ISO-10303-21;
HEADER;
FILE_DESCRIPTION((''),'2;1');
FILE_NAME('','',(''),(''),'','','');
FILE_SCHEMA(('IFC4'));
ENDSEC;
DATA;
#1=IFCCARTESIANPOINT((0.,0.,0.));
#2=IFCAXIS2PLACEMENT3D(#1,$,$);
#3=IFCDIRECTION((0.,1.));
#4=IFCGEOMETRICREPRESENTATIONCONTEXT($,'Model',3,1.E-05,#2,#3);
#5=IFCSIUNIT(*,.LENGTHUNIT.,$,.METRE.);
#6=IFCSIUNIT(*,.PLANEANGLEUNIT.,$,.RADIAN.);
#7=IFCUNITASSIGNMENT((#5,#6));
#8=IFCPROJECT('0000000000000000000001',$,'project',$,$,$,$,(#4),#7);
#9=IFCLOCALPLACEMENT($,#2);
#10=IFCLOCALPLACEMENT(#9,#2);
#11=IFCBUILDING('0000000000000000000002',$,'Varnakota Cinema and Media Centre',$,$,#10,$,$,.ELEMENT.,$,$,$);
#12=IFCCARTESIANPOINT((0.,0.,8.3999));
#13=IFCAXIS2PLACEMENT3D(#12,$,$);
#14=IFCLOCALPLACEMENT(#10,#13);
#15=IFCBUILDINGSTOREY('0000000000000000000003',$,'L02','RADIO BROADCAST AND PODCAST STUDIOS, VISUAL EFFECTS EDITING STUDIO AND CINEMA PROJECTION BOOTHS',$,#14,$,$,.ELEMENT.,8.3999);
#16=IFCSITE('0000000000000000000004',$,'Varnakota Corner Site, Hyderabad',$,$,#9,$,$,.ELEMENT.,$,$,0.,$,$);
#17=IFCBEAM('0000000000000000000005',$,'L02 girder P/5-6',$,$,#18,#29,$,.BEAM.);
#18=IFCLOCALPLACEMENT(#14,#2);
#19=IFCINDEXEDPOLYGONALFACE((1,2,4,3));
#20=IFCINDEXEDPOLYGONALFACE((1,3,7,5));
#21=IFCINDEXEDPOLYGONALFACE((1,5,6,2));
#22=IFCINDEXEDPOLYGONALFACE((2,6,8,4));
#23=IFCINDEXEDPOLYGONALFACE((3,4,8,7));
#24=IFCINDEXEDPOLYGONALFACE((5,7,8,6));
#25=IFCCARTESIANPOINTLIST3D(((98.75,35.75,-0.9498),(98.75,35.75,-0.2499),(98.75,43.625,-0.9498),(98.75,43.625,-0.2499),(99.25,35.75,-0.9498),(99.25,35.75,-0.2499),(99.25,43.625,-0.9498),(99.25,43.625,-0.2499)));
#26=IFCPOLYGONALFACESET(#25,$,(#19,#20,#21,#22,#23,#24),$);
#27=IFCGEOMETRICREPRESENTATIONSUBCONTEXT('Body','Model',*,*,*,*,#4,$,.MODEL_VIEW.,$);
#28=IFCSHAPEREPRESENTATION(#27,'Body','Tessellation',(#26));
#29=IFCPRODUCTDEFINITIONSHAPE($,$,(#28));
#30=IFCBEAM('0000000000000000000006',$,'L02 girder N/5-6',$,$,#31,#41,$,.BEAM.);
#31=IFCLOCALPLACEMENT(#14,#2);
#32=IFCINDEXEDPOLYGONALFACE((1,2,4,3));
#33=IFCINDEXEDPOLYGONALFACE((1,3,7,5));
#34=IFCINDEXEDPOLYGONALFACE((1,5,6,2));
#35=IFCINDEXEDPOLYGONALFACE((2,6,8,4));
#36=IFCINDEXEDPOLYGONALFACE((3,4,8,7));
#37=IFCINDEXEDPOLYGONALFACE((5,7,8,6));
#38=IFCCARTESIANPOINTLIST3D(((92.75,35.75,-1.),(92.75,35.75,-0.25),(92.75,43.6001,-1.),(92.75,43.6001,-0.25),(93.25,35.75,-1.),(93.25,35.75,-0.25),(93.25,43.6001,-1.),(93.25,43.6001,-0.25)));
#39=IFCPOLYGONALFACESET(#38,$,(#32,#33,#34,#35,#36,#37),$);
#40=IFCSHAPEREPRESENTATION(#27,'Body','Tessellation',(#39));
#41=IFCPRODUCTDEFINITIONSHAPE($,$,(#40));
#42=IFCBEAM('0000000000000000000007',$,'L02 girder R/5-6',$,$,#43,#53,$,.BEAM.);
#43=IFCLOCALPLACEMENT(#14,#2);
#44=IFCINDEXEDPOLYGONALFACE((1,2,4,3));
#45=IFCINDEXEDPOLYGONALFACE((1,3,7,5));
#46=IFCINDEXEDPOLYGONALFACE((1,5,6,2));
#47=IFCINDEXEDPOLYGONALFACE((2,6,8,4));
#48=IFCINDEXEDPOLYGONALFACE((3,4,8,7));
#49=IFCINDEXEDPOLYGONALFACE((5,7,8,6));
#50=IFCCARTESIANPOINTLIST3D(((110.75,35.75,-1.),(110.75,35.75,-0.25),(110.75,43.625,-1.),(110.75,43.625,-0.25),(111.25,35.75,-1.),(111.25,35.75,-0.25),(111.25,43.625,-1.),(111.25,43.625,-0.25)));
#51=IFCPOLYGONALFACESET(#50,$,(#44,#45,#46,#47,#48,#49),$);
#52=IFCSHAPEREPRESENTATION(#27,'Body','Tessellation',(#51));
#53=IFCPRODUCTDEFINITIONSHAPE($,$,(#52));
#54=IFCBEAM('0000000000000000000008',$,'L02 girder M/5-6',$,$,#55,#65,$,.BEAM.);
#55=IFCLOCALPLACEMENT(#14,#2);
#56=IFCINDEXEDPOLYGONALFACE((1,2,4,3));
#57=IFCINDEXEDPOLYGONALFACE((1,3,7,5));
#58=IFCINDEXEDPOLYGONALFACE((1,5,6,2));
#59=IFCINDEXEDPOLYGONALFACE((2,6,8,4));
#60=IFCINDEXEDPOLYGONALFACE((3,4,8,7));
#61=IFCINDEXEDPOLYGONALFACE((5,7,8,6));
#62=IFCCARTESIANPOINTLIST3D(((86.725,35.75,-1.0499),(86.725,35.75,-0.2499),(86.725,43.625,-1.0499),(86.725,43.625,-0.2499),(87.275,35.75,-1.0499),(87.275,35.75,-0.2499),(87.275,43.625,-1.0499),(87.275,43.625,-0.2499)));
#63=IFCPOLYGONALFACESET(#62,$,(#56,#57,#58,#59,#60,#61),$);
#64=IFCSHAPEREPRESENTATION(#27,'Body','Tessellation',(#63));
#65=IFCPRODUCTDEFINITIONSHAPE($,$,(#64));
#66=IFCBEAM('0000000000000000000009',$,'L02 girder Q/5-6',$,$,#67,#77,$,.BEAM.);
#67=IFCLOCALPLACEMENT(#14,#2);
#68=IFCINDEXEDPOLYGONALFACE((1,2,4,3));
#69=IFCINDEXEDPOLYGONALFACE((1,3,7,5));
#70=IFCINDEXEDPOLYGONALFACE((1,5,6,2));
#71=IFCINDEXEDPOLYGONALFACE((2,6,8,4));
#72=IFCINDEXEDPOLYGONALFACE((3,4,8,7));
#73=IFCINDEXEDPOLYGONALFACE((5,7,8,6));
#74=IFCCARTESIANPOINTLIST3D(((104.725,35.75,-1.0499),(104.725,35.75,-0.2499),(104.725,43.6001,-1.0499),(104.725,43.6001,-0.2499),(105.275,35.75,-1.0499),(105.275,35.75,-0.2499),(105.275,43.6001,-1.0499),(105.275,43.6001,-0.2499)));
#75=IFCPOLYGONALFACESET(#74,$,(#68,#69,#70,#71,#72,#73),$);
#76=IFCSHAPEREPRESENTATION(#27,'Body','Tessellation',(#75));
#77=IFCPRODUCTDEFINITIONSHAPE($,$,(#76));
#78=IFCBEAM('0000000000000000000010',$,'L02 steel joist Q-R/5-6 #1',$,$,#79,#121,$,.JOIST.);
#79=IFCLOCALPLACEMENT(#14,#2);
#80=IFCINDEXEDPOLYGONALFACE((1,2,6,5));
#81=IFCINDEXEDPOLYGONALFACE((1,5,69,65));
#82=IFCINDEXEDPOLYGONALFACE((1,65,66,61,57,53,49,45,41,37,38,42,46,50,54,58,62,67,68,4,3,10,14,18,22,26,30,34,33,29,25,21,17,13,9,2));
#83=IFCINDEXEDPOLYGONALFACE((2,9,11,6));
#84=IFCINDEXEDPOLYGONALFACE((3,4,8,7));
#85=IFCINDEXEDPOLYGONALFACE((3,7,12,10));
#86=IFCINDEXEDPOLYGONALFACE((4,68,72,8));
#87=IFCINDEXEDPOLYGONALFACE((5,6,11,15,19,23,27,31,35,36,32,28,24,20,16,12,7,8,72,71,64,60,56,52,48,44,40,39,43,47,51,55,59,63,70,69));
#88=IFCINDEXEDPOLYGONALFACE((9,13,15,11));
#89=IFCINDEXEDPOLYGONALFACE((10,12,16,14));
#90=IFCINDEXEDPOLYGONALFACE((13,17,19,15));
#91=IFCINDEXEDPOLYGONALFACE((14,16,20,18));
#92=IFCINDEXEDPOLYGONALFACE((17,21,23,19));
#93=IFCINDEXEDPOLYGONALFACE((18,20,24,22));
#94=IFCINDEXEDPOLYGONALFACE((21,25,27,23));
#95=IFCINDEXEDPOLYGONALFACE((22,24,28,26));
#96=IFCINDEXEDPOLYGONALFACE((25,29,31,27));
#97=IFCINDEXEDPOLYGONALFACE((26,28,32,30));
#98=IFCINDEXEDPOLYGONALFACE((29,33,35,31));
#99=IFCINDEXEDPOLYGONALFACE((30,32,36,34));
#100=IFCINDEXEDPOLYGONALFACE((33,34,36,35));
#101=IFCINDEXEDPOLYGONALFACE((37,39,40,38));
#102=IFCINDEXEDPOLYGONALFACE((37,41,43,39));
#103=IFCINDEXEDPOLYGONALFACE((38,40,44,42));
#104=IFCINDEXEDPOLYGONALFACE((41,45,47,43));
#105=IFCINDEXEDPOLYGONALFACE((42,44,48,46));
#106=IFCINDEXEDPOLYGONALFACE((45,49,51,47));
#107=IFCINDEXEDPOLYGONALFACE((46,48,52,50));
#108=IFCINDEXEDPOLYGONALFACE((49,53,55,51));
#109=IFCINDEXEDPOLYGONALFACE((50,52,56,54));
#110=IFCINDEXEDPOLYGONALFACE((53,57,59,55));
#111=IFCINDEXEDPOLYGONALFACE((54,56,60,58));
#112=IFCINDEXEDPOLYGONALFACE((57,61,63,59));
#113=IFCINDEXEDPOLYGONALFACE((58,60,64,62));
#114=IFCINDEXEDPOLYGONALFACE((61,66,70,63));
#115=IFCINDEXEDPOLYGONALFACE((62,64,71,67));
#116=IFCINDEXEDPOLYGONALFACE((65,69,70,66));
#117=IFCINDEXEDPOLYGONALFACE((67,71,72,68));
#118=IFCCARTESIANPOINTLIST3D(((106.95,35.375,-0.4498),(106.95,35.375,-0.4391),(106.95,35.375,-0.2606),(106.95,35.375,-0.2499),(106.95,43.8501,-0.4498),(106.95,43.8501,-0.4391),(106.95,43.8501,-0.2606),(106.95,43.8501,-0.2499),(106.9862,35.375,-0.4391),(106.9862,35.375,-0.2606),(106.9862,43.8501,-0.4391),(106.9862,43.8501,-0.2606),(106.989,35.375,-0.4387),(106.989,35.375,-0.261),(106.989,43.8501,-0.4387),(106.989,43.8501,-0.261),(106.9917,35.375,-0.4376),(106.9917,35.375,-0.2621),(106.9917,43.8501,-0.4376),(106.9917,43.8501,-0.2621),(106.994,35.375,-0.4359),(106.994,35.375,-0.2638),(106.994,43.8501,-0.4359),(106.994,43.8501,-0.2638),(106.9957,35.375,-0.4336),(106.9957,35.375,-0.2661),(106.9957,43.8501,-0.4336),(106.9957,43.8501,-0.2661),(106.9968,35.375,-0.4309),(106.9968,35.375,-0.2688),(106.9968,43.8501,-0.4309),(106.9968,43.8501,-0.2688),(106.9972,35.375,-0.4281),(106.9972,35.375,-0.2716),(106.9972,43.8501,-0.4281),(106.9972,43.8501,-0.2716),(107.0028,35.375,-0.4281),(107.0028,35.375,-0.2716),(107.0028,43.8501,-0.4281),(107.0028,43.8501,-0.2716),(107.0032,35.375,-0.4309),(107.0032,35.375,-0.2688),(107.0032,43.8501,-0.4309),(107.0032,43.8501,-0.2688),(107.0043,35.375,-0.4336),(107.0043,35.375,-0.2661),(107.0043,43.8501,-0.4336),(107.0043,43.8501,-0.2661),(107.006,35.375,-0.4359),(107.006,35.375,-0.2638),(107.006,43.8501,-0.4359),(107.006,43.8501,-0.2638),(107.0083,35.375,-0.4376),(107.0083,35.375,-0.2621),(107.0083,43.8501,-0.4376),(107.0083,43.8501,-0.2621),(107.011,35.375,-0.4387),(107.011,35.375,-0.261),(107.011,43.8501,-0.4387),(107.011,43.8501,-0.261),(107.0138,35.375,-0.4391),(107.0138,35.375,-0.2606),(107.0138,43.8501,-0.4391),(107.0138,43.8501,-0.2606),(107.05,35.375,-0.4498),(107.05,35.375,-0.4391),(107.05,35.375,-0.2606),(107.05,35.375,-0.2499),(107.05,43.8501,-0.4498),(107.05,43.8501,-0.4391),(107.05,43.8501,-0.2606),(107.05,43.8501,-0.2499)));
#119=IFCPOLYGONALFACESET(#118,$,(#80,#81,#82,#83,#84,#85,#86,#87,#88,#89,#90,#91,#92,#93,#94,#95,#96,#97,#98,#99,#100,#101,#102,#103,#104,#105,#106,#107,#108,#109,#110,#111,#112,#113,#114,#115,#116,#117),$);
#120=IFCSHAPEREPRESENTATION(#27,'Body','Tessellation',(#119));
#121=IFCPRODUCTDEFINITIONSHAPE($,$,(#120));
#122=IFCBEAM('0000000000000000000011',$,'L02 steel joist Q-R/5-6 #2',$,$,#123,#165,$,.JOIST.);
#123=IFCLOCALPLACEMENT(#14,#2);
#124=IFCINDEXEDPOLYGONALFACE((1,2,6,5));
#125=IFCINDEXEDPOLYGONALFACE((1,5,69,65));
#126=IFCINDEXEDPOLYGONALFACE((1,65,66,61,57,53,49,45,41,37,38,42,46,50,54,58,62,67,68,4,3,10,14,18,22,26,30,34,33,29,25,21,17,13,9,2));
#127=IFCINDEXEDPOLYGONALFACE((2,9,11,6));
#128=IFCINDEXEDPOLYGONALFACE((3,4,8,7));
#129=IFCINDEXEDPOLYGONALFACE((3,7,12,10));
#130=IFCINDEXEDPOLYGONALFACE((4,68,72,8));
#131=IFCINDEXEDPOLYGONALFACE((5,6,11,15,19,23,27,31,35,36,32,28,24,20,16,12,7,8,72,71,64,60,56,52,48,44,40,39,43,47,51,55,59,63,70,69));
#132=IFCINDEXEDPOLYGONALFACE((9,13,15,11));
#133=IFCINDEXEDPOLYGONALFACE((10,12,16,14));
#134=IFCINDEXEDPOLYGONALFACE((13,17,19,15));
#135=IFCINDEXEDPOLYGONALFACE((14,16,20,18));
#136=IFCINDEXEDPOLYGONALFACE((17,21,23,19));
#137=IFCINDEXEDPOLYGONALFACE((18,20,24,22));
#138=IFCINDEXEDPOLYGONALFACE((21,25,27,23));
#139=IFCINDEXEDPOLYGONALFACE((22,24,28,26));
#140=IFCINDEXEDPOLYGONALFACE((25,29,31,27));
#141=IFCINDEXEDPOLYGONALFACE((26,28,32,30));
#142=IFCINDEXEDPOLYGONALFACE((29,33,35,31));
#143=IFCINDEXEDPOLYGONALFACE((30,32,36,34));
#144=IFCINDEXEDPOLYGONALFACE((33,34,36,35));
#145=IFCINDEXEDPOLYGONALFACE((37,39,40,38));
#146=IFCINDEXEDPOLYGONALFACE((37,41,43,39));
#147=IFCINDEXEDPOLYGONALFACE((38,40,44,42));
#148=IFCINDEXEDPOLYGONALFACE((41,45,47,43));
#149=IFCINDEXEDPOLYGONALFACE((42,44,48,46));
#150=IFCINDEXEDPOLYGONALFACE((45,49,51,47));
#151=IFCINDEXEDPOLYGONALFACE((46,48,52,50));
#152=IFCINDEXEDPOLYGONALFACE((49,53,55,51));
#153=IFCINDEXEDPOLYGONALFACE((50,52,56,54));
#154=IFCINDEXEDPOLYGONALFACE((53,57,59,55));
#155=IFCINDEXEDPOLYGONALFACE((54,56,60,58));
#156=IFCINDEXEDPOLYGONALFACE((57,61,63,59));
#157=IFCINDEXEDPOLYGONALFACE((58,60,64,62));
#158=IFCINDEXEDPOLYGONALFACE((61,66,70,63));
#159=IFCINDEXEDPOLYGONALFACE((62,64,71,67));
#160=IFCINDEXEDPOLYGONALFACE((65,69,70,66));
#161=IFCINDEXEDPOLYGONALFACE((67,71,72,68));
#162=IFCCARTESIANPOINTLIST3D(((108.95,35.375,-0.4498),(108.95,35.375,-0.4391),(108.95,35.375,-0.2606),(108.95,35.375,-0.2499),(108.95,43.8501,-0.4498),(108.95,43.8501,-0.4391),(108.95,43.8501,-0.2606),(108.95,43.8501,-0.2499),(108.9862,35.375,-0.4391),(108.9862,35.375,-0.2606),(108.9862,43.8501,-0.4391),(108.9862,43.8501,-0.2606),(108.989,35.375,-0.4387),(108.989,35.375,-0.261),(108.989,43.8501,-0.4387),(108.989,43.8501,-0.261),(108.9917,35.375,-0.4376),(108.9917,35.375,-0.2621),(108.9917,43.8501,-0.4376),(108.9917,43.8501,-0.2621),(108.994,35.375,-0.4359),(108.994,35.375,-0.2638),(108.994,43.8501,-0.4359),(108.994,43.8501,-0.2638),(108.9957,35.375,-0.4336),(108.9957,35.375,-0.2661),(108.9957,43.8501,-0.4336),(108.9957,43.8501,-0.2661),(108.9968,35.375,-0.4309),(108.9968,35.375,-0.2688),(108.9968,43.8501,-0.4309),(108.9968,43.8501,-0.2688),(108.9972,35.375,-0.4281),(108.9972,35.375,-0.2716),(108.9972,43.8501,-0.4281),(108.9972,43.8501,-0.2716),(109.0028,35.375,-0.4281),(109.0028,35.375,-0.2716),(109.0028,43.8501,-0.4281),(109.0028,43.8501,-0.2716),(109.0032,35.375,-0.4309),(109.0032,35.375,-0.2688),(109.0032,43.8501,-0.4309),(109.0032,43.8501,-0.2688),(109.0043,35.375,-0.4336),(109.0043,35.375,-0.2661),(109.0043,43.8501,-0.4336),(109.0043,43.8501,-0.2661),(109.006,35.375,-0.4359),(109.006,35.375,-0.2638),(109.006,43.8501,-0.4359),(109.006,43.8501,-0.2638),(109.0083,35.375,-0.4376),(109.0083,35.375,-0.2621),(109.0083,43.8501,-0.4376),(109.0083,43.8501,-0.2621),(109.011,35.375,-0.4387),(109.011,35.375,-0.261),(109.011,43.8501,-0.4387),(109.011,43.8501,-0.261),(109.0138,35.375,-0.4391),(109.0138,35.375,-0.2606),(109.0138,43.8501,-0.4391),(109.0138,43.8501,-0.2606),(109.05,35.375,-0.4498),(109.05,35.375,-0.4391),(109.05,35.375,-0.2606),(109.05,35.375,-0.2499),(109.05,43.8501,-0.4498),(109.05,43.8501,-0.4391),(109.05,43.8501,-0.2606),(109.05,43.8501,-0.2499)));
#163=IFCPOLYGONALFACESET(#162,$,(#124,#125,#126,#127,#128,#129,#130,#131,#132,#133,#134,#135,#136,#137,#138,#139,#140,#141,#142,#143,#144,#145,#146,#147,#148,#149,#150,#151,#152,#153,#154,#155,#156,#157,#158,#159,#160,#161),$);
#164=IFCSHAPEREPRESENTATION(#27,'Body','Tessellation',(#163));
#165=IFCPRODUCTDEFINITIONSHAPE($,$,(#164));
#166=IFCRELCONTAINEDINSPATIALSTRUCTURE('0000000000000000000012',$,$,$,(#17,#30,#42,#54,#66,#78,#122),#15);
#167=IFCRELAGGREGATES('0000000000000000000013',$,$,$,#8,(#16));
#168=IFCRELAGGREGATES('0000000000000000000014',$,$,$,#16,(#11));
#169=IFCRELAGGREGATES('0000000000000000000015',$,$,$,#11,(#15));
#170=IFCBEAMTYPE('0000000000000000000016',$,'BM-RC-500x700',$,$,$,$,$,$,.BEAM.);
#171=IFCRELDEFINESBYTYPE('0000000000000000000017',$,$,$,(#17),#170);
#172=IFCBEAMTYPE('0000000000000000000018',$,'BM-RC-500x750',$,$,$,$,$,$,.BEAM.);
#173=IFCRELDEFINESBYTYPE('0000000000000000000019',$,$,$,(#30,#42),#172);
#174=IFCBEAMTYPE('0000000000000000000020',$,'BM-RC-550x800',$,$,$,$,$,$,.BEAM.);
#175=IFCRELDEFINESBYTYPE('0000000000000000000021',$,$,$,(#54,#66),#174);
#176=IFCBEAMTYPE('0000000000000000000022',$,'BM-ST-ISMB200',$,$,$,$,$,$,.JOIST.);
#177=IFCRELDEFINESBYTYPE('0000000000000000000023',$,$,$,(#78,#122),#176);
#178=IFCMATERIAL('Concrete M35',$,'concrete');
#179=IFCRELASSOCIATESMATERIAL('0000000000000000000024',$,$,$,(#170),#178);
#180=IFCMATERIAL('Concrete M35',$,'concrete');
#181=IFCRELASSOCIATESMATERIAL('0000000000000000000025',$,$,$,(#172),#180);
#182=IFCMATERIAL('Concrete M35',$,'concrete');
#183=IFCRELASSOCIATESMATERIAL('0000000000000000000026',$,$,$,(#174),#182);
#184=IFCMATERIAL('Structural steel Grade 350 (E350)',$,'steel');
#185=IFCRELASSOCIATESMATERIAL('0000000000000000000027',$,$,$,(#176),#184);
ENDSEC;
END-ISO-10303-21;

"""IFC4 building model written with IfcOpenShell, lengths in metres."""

from ifc_helpers import new_model, si_unit, direction, frame, origin, origin_2d, place, context, subcontext, project, spatial, rectangle, i_section, extrude, material, material_profile, profile_set, type_object, element, save


model = new_model("IFC4")

# Units and contexts
model_context = context("Model", 3, precision=1e-05, world=origin(), true_north=direction((0.0, 1.0)))
body_context = subcontext(model_context, "Body", "Model", "MODEL_VIEW")
ifc_project = project(units=[si_unit("LENGTHUNIT", "METRE"), si_unit("PLANEANGLEUNIT", "RADIAN")], contexts=[model_context])

# Site, building, storey
site_placement = place(None, origin())
site = spatial("IfcSite", under=ifc_project, at=site_placement, Name="Varnakota Corner Site, Hyderabad", CompositionType="ELEMENT", RefElevation=0.0)
building_placement = place(site_placement, origin())
building = spatial("IfcBuilding", under=site, at=building_placement, Name="Varnakota Cinema and Media Centre", CompositionType="ELEMENT")
storey_placement = place(building_placement, frame((0.0, 0.0, 8.3999)))
storey = spatial("IfcBuildingStorey", under=building, at=storey_placement, Name="L02", Description="RADIO BROADCAST AND PODCAST STUDIOS, VISUAL EFFECTS EDITING STUDIO AND CINEMA PROJECTION BOOTHS", CompositionType="ELEMENT", Elevation=8.3999)

# Beams
ifc_material_1 = material(Name="Concrete M35", Category="concrete")
ifc_material_profile_1 = material_profile(ifc_material_1, rectangle(XDim=0.5, YDim=0.7, at=origin_2d()), Name="RCB 500x700")
ifc_profile_set_1 = profile_set([ifc_material_profile_1], Name="Concrete M35")
beam_type_1 = type_object("IfcBeamType", Name="BM-RC-500x700", PredefinedType="BEAM", material=ifc_profile_set_1)
beam_1_placement = place(storey_placement, frame((99.0, 35.75, -0.5999), z_axis=(0.0, 1.0, 0.0), x_axis=(-1.0, 0.0, 0.0)))
element("IfcBeam", 1, at=beam_1_placement, inside=storey, type_object=beam_type_1, Name="L02 girder P/5-6", PredefinedType="BEAM", context=body_context, shape_type="SweptSolid", body=[
    extrude(rectangle(XDim=0.5, YDim=0.7, at=origin_2d()), origin(), (0.0, 0.0, 1.0), 7.875),
])
ifc_material_2 = material(Name="Concrete M35", Category="concrete")
ifc_material_profile_2 = material_profile(ifc_material_2, rectangle(XDim=0.5, YDim=0.75, at=origin_2d()), Name="RCB 500x750")
ifc_profile_set_2 = profile_set([ifc_material_profile_2], Name="Concrete M35")
beam_type_2 = type_object("IfcBeamType", Name="BM-RC-500x750", PredefinedType="BEAM", material=ifc_profile_set_2)
beam_2_placement = place(storey_placement, frame((93.0, 35.75, -0.625), z_axis=(0.0, 1.0, 0.0), x_axis=(-1.0, 0.0, 0.0)))
element("IfcBeam", 2, at=beam_2_placement, inside=storey, type_object=beam_type_2, Name="L02 girder N/5-6", PredefinedType="BEAM", context=body_context, shape_type="SweptSolid", body=[
    extrude(rectangle(XDim=0.5, YDim=0.75, at=origin_2d()), origin(), (0.0, 0.0, 1.0), 7.8501),
])
beam_3_placement = place(storey_placement, frame((111.0, 35.75, -0.625), z_axis=(0.0, 1.0, 0.0), x_axis=(-1.0, 0.0, 0.0)))
element("IfcBeam", 3, at=beam_3_placement, inside=storey, type_object=beam_type_2, Name="L02 girder R/5-6", PredefinedType="BEAM", context=body_context, shape_type="SweptSolid", body=[
    extrude(rectangle(XDim=0.5, YDim=0.75, at=origin_2d()), origin(), (0.0, 0.0, 1.0), 7.875),
])
ifc_material_3 = material(Name="Concrete M35", Category="concrete")
ifc_material_profile_3 = material_profile(ifc_material_3, rectangle(XDim=0.55, YDim=0.8, at=origin_2d()), Name="RCB 550x800")
ifc_profile_set_3 = profile_set([ifc_material_profile_3], Name="Concrete M35")
beam_type_3 = type_object("IfcBeamType", Name="BM-RC-550x800", PredefinedType="BEAM", material=ifc_profile_set_3)
beam_4_placement = place(storey_placement, frame((87.0, 35.75, -0.6499), z_axis=(0.0, 1.0, 0.0), x_axis=(-1.0, 0.0, 0.0)))
element("IfcBeam", 4, at=beam_4_placement, inside=storey, type_object=beam_type_3, Name="L02 girder M/5-6", PredefinedType="BEAM", context=body_context, shape_type="SweptSolid", body=[
    extrude(rectangle(XDim=0.55, YDim=0.8, at=origin_2d()), origin(), (0.0, 0.0, 1.0), 7.875),
])
beam_5_placement = place(storey_placement, frame((105.0, 35.75, -0.6499), z_axis=(0.0, 1.0, 0.0), x_axis=(-1.0, 0.0, 0.0)))
element("IfcBeam", 5, at=beam_5_placement, inside=storey, type_object=beam_type_3, Name="L02 girder Q/5-6", PredefinedType="BEAM", context=body_context, shape_type="SweptSolid", body=[
    extrude(rectangle(XDim=0.55, YDim=0.8, at=origin_2d()), origin(), (0.0, 0.0, 1.0), 7.8501),
])
ifc_material_4 = material(Name="Structural steel Grade 350 (E350)", Category="steel")
ifc_material_profile_4 = material_profile(ifc_material_4, i_section(OverallWidth=0.1001, OverallDepth=0.2, WebThickness=0.0056, FlangeThickness=0.0107, FilletRadius=0.011, at=origin_2d()), Name="ISMB 200")
ifc_profile_set_4 = profile_set([ifc_material_profile_4], Name="Structural steel Grade 350 (E350)")
beam_type_4 = type_object("IfcBeamType", Name="BM-ST-ISMB200", PredefinedType="JOIST", material=ifc_profile_set_4)
for number, where, z_axis, x_axis, name in (
    (6, (107.0, 35.375, -0.3499), (0.0, 1.0, 0.0), (-1.0, 0.0, 0.0), "L02 steel joist Q-R/5-6 #1"),
    (7, (109.0, 35.375, -0.3499), (0.0, 1.0, 0.0), (-1.0, 0.0, 0.0), "L02 steel joist Q-R/5-6 #2"),
):
    element("IfcBeam", number, at=place(storey_placement, frame(where, z_axis=z_axis, x_axis=x_axis)), inside=storey, type_object=beam_type_4, Name=name, PredefinedType="JOIST", context=body_context, shape_type="SweptSolid", body=[
        extrude(i_section(OverallWidth=0.1001, OverallDepth=0.2, WebThickness=0.0056, FlangeThickness=0.0107, FilletRadius=0.011, at=origin_2d()), origin(), (0.0, 0.0, 1.0), 8.4751),
    ])

save(model, "model.ifc")
